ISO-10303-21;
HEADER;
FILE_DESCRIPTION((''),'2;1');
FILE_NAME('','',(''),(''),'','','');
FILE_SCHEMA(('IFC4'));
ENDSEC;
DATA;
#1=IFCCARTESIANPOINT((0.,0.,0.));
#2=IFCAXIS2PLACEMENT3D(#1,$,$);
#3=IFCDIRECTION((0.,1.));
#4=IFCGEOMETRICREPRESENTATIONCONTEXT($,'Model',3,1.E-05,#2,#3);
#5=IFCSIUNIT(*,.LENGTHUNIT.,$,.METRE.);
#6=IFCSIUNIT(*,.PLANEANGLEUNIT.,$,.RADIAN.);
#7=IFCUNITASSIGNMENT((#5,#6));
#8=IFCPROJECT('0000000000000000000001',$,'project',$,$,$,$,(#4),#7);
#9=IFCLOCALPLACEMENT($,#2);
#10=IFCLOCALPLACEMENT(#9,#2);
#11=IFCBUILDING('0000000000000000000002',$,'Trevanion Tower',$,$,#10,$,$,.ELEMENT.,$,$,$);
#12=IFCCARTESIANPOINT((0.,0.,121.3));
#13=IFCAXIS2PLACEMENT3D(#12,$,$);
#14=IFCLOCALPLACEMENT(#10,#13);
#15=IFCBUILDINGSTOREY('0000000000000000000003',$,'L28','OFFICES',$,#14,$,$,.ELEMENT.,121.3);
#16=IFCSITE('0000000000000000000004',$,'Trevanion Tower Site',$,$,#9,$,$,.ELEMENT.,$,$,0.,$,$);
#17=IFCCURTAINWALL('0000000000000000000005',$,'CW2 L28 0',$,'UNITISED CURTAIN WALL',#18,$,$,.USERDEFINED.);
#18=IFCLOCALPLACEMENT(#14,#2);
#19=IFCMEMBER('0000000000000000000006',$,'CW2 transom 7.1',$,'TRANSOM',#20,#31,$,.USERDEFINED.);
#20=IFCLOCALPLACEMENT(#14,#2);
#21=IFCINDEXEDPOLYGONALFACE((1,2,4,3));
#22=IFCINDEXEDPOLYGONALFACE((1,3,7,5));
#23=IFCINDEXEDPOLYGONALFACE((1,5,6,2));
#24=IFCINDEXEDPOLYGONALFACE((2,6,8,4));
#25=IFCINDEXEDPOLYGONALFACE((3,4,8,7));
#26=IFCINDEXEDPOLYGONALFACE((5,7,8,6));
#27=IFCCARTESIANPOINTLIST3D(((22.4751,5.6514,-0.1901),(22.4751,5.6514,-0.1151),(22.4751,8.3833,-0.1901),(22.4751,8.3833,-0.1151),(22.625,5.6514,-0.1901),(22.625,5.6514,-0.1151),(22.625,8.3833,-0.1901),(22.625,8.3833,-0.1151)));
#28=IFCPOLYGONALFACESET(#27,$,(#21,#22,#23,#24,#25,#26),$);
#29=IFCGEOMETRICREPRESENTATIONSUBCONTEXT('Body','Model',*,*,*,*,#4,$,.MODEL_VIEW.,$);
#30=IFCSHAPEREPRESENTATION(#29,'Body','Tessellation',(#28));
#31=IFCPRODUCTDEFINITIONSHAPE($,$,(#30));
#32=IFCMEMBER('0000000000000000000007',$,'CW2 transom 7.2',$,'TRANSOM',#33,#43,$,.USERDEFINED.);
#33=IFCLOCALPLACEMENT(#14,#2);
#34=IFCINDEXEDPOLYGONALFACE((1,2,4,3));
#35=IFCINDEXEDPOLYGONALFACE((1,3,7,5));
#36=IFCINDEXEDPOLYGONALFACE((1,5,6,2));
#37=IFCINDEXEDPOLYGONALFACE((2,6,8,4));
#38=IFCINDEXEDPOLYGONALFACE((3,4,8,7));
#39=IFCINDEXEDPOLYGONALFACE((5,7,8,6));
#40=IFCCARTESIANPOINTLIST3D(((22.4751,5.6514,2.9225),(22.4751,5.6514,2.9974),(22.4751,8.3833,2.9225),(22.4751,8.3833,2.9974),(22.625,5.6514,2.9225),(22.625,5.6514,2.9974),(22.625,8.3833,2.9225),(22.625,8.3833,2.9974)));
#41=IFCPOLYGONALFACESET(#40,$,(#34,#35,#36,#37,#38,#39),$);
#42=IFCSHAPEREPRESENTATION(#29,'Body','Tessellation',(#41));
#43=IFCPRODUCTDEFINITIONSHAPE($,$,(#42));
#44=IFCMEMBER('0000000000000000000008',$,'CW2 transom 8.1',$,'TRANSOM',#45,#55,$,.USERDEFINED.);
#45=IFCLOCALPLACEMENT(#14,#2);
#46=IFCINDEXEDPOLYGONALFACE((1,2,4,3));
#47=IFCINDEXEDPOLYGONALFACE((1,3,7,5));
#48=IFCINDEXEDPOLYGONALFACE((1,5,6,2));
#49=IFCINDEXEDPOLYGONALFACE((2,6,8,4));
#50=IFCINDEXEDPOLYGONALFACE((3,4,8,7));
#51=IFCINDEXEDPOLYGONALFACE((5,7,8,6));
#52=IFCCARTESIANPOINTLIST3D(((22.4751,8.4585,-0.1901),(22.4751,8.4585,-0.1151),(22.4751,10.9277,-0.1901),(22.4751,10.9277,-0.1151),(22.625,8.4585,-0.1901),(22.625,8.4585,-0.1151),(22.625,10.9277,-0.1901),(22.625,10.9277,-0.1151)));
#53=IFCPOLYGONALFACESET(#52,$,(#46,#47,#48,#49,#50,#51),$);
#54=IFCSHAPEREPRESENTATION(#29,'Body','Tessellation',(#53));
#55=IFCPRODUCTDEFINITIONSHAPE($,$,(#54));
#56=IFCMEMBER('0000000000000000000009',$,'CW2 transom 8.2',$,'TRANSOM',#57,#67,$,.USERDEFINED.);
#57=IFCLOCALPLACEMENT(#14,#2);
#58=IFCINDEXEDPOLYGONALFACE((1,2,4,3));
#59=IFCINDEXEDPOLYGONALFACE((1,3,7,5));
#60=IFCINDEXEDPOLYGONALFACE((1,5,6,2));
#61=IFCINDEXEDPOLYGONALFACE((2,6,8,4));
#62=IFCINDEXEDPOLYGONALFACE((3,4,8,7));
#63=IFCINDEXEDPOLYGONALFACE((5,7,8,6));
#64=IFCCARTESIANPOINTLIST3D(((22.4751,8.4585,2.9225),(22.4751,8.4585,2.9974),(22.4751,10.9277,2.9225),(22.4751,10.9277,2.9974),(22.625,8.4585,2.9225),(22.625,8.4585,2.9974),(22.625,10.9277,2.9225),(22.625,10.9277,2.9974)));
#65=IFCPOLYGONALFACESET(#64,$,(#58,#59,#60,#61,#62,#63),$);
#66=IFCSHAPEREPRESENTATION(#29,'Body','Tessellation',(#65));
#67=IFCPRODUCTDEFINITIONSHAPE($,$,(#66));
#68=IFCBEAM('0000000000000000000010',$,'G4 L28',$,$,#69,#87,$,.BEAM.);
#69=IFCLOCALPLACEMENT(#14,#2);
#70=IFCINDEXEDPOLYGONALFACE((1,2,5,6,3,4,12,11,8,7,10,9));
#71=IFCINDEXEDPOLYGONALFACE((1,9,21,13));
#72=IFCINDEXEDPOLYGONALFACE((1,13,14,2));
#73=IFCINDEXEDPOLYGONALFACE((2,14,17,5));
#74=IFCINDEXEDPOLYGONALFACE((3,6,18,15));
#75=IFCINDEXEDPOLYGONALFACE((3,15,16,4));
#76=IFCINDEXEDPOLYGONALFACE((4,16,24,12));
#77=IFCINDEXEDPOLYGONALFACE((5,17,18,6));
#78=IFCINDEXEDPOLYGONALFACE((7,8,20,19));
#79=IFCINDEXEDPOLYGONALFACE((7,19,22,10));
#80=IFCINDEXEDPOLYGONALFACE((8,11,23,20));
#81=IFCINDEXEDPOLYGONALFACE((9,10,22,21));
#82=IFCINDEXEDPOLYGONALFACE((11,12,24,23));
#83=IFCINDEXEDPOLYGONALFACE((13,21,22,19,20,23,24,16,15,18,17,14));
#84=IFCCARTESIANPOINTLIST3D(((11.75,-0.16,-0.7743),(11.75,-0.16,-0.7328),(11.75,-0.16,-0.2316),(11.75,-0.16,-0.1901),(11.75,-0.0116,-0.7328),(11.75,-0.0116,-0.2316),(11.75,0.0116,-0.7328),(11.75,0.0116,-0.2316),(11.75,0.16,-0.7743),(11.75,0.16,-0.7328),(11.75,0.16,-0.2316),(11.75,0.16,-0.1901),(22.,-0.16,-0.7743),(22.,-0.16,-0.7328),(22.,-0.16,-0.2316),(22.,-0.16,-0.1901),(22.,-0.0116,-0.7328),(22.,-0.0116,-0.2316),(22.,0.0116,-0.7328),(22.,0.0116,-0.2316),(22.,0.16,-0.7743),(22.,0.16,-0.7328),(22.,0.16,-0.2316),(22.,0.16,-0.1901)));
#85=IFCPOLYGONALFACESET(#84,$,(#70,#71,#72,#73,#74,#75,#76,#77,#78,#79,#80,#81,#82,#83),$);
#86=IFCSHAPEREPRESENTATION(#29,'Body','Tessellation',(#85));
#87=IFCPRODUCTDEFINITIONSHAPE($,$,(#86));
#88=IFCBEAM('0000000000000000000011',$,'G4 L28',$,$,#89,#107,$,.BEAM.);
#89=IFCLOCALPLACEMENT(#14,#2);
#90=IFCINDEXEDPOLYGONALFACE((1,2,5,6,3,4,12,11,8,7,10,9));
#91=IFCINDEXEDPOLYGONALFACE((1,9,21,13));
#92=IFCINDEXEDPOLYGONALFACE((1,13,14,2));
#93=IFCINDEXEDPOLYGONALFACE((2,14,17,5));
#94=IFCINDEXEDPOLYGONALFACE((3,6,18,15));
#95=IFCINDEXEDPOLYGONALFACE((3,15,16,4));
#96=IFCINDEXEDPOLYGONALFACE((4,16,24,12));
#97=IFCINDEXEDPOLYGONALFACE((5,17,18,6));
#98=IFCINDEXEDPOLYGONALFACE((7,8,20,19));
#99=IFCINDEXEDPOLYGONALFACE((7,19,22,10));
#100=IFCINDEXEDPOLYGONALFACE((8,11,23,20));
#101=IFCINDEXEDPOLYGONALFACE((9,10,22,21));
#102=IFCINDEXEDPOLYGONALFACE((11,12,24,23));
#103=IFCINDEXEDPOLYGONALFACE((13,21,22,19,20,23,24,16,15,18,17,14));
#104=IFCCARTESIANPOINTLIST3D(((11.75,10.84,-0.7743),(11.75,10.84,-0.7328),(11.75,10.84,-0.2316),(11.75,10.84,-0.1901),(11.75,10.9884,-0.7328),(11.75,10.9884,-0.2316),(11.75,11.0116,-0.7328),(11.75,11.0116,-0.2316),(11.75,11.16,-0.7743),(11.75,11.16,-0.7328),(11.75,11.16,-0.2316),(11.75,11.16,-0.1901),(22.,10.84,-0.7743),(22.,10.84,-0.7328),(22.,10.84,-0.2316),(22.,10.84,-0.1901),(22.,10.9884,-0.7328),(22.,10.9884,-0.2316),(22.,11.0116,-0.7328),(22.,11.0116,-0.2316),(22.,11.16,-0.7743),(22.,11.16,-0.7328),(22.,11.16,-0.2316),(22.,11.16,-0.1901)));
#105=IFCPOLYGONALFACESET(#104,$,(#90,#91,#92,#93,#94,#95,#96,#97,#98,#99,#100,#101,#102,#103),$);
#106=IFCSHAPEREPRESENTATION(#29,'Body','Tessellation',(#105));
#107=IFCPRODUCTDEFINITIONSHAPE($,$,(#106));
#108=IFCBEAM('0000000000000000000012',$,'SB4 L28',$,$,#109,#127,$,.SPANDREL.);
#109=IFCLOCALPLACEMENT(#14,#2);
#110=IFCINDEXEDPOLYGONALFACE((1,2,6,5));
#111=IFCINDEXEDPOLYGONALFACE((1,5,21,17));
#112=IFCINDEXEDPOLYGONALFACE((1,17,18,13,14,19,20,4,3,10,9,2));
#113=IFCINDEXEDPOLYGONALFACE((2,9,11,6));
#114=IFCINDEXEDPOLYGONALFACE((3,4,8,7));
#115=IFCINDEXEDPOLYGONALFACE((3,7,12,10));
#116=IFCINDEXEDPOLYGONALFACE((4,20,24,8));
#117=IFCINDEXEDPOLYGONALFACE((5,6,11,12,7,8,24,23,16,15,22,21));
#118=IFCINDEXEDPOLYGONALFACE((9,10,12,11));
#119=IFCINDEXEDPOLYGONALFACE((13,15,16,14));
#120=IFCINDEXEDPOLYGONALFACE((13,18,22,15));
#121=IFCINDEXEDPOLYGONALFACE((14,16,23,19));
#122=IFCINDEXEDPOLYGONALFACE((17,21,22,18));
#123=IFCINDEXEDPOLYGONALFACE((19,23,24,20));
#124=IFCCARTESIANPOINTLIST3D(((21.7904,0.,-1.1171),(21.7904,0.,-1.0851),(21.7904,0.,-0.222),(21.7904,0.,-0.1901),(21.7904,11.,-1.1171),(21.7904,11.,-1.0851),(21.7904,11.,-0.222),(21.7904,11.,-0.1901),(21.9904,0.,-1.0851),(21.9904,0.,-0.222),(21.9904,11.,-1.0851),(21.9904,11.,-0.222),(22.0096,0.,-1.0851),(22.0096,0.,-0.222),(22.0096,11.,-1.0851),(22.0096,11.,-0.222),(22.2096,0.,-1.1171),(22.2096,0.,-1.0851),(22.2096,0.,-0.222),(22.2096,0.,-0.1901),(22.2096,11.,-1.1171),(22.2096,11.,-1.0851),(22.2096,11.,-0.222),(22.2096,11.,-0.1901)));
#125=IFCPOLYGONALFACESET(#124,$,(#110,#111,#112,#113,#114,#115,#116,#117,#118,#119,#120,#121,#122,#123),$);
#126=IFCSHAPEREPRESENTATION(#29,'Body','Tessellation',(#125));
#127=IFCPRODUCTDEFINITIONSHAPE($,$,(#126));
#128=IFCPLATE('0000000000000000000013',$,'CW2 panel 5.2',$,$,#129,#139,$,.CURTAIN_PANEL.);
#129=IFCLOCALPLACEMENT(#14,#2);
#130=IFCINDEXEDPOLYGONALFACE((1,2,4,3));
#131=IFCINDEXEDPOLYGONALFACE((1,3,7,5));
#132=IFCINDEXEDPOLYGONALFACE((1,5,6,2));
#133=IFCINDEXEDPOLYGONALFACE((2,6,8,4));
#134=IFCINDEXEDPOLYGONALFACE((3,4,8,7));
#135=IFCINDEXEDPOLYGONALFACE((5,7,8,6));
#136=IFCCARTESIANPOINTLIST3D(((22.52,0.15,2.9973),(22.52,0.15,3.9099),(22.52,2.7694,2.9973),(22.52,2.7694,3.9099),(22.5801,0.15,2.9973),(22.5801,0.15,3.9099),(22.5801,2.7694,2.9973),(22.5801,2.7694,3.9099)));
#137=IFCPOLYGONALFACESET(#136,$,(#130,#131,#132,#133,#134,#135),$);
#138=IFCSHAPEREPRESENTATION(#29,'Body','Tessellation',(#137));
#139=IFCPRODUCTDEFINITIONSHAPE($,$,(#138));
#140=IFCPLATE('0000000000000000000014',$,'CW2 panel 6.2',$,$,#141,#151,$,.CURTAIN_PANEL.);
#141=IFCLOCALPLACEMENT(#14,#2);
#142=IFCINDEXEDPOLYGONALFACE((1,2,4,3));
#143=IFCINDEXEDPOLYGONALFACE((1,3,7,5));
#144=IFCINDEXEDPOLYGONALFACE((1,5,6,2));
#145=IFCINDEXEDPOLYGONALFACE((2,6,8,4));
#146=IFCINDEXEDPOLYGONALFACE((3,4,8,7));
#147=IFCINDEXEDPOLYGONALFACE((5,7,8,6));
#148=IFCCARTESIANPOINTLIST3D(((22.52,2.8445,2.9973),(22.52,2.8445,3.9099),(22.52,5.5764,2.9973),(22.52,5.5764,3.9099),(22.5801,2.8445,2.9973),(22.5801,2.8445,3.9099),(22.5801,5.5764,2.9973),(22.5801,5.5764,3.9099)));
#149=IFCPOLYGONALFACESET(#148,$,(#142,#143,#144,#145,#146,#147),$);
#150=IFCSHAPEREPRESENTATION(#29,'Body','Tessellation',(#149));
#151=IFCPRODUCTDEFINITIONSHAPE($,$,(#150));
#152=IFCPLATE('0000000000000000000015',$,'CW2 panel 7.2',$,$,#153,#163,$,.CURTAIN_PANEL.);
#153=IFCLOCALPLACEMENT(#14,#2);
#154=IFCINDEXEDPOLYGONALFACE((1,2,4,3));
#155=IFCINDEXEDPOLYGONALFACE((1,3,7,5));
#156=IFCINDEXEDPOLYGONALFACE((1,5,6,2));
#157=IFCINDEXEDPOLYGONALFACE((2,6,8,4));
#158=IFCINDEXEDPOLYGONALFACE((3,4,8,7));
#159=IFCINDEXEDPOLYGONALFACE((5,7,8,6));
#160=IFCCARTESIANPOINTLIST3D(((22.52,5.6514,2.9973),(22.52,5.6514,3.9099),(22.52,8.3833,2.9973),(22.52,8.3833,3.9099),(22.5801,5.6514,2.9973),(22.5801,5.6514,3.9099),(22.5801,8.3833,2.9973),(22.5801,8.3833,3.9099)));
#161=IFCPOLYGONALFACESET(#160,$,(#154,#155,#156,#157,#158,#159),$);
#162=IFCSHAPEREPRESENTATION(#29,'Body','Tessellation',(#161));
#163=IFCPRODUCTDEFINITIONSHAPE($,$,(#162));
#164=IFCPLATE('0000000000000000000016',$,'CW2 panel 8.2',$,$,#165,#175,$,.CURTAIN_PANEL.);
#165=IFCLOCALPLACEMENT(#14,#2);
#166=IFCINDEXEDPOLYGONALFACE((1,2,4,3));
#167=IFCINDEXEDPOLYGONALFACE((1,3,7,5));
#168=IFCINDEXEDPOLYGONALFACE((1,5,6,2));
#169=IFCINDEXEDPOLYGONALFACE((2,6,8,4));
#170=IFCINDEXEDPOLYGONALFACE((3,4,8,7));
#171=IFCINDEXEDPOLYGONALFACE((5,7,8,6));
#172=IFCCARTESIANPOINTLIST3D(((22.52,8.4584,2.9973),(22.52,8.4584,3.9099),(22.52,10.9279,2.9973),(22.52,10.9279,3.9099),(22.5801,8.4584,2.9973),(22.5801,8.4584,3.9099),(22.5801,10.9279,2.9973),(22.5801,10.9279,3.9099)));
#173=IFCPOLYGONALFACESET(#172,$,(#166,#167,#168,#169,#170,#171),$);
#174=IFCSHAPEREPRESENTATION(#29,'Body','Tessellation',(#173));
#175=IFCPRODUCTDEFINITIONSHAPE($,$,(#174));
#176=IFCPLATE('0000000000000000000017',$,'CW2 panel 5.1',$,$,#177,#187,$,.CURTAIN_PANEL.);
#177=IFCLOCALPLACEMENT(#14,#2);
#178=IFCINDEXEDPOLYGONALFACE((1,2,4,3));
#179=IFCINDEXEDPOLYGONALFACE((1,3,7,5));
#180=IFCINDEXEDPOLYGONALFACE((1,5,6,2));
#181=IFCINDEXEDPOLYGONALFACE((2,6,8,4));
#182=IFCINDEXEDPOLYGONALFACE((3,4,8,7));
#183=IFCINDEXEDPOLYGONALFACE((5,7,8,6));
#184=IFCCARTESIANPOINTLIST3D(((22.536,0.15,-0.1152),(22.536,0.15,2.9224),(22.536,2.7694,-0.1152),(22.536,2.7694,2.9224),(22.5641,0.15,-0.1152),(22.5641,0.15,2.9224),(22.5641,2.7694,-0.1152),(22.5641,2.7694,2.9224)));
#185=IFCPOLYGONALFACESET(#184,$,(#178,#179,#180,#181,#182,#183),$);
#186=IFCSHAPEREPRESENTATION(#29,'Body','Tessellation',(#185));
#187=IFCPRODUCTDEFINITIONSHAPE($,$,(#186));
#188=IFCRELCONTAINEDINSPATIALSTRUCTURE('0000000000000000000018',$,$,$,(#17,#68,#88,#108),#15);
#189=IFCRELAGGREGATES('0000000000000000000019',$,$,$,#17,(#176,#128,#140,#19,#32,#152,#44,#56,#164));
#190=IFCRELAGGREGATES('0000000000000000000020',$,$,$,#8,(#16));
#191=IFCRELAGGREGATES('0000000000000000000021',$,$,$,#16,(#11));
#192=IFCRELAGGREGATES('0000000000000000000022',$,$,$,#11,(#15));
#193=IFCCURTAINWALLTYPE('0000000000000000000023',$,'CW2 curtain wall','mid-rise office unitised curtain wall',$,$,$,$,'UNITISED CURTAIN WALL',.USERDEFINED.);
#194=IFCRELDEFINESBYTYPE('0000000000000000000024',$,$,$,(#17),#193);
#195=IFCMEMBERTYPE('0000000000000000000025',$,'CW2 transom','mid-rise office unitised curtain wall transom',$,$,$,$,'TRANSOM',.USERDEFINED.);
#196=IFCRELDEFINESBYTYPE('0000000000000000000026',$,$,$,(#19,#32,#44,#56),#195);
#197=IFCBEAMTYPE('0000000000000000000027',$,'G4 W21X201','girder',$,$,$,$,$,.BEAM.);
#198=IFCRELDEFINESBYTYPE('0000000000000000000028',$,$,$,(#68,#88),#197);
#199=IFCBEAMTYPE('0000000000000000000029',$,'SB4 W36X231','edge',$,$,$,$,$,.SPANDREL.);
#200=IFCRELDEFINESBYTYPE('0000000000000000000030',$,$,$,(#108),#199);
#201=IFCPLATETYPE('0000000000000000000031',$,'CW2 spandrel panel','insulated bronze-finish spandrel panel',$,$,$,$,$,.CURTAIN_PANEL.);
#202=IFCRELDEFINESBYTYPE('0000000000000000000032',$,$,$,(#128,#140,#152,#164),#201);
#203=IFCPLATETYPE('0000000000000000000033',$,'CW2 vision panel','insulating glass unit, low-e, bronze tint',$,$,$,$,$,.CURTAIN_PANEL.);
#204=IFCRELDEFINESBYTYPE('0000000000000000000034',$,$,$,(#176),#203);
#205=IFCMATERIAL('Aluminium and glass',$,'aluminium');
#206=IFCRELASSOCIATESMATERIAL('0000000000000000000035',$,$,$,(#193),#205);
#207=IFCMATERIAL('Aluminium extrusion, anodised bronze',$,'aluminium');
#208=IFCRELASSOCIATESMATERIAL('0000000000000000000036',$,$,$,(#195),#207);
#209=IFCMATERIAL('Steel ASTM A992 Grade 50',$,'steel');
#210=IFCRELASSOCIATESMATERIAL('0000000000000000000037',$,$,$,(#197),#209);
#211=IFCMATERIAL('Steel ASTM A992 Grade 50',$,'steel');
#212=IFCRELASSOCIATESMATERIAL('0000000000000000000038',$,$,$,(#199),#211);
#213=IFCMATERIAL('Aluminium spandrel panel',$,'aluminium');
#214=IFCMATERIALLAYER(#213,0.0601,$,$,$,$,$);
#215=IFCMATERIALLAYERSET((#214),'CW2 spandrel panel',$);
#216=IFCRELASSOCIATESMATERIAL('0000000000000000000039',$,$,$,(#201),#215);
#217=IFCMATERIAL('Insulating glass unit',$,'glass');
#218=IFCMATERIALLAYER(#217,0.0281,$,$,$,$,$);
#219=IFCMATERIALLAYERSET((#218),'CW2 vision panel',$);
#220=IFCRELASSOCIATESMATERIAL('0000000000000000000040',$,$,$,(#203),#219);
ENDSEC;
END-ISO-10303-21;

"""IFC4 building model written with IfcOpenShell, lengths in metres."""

from ifc_helpers import new_model, si_unit, direction, frame, origin, origin_2d, place, context, subcontext, project, spatial, rectangle, i_section, extrude, material, layer, layer_set, material_profile, profile_set, type_object, element, aggregate, save


model = new_model("IFC4")

# Units and contexts
model_context = context("Model", 3, precision=1e-05, world=origin(), true_north=direction((0.0, 1.0)))
body_context = subcontext(model_context, "Body", "Model", "MODEL_VIEW")
ifc_project = project(units=[si_unit("LENGTHUNIT", "METRE"), si_unit("PLANEANGLEUNIT", "RADIAN")], contexts=[model_context])

# Site, building, storey
site_placement = place(None, origin())
site = spatial("IfcSite", under=ifc_project, at=site_placement, Name="Trevanion Tower Site", CompositionType="ELEMENT", RefElevation=0.0)
building_placement = place(site_placement, origin())
building = spatial("IfcBuilding", under=site, at=building_placement, Name="Trevanion Tower", CompositionType="ELEMENT")
storey_placement = place(building_placement, frame((0.0, 0.0, 121.3)))
storey = spatial("IfcBuildingStorey", under=building, at=storey_placement, Name="L28", Description="OFFICES", CompositionType="ELEMENT", Elevation=121.3)

# Curtain wall, members
ifc_material_1 = material(Name="Aluminium and glass", Category="aluminium")
curtain_wall_type = type_object("IfcCurtainWallType", Name="CW2 curtain wall", Description="mid-rise office unitised curtain wall", ElementType="UNITISED CURTAIN WALL", PredefinedType="USERDEFINED", material=ifc_material_1)
curtain_wall_placement = place(storey_placement, origin())
curtain_wall = element("IfcCurtainWall", 1, at=curtain_wall_placement, inside=storey, type_object=curtain_wall_type, Name="CW2 L28 0", ObjectType="UNITISED CURTAIN WALL", PredefinedType="USERDEFINED")
ifc_material_2 = material(Name="Aluminium extrusion, anodised bronze", Category="aluminium")
ifc_material_profile_1 = material_profile(ifc_material_2, rectangle(XDim=0.1499, YDim=0.075, at=origin_2d()), Name="CW2 transom")
ifc_profile_set_1 = profile_set([ifc_material_profile_1], Name="Aluminium extrusion, anodised bronze")
member_type_1 = type_object("IfcMemberType", Name="CW2 transom", Description="mid-rise office unitised curtain wall transom", ElementType="TRANSOM", PredefinedType="USERDEFINED", material=ifc_profile_set_1)
member_1_placement = place(storey_placement, frame((22.55, 5.6514, -0.1526), z_axis=(0.0, 1.0, 0.0), x_axis=(-1.0, 0.0, 0.0)))
member_1 = element("IfcMember", 2, at=member_1_placement, type_object=member_type_1, Name="CW2 transom 7.1", ObjectType="TRANSOM", PredefinedType="USERDEFINED", context=body_context, shape_type="SweptSolid", body=[
    extrude(rectangle(XDim=0.1499, YDim=0.075, at=origin_2d()), origin(), (0.0, 0.0, 1.0), 2.7319),
])
member_2_placement = place(storey_placement, frame((22.55, 5.6514, 2.96), z_axis=(0.0, 1.0, 0.0), x_axis=(-1.0, 0.0, 0.0)))
member_2 = element("IfcMember", 3, at=member_2_placement, type_object=member_type_1, Name="CW2 transom 7.2", ObjectType="TRANSOM", PredefinedType="USERDEFINED", context=body_context, shape_type="SweptSolid", body=[
    extrude(rectangle(XDim=0.1499, YDim=0.075, at=origin_2d()), origin(), (0.0, 0.0, 1.0), 2.7319),
])
member_3_placement = place(storey_placement, frame((22.55, 8.4585, -0.1526), z_axis=(0.0, 1.0, 0.0), x_axis=(-1.0, 0.0, 0.0)))
member_3 = element("IfcMember", 4, at=member_3_placement, type_object=member_type_1, Name="CW2 transom 8.1", ObjectType="TRANSOM", PredefinedType="USERDEFINED", context=body_context, shape_type="SweptSolid", body=[
    extrude(rectangle(XDim=0.1499, YDim=0.075, at=origin_2d()), origin(), (0.0, 0.0, 1.0), 2.4692),
])
member_4_placement = place(storey_placement, frame((22.55, 8.4585, 2.96), z_axis=(0.0, 1.0, 0.0), x_axis=(-1.0, 0.0, 0.0)))
member_4 = element("IfcMember", 5, at=member_4_placement, type_object=member_type_1, Name="CW2 transom 8.2", ObjectType="TRANSOM", PredefinedType="USERDEFINED", context=body_context, shape_type="SweptSolid", body=[
    extrude(rectangle(XDim=0.1499, YDim=0.075, at=origin_2d()), origin(), (0.0, 0.0, 1.0), 2.4692),
])

# Beams
ifc_material_3 = material(Name="Steel ASTM A992 Grade 50", Category="steel")
ifc_material_profile_2 = material_profile(ifc_material_3, i_section(OverallWidth=0.3201, OverallDepth=0.5842, WebThickness=0.0232, FlangeThickness=0.0415, at=origin_2d()), Name="W21X201")
ifc_profile_set_2 = profile_set([ifc_material_profile_2], Name="Steel ASTM A992 Grade 50")
beam_type_1 = type_object("IfcBeamType", Name="G4 W21X201", Description="girder", PredefinedType="BEAM", material=ifc_profile_set_2)
for number, where, z_axis, x_axis, name in (
    (6, (11.75, 0.0, -0.4822), (1.0, 0.0, 0.0), (0.0, 1.0, 0.0), "G4 L28"),
    (7, (11.75, 11.0, -0.4822), (1.0, 0.0, 0.0), (0.0, 1.0, 0.0), "G4 L28"),
):
    element("IfcBeam", number, at=place(storey_placement, frame(where, z_axis=z_axis, x_axis=x_axis)), inside=storey, type_object=beam_type_1, Name=name, PredefinedType="BEAM", context=body_context, shape_type="SweptSolid", body=[
        extrude(i_section(OverallWidth=0.3201, OverallDepth=0.5842, WebThickness=0.0232, FlangeThickness=0.0415, at=origin_2d()), origin(), (0.0, 0.0, 1.0), 10.25),
    ])
ifc_material_4 = material(Name="Steel ASTM A992 Grade 50", Category="steel")
ifc_material_profile_3 = material_profile(ifc_material_4, i_section(OverallWidth=0.4192, OverallDepth=0.927, WebThickness=0.0193, FlangeThickness=0.032, at=origin_2d()), Name="W36X231")
ifc_profile_set_3 = profile_set([ifc_material_profile_3], Name="Steel ASTM A992 Grade 50")
beam_type_2 = type_object("IfcBeamType", Name="SB4 W36X231", Description="edge", PredefinedType="SPANDREL", material=ifc_profile_set_3)
beam_placement = place(storey_placement, frame((22.0, 0.0, -0.6536), z_axis=(0.0, 1.0, 0.0), x_axis=(-1.0, 0.0, 0.0)))
element("IfcBeam", 8, at=beam_placement, inside=storey, type_object=beam_type_2, Name="SB4 L28", PredefinedType="SPANDREL", context=body_context, shape_type="SweptSolid", body=[
    extrude(i_section(OverallWidth=0.4192, OverallDepth=0.927, WebThickness=0.0193, FlangeThickness=0.032, at=origin_2d()), origin(), (0.0, 0.0, 1.0), 11.0),
])

# Plates
ifc_material_5 = material(Name="Aluminium spandrel panel", Category="aluminium")
ifc_layer_1 = layer(ifc_material_5, 0.0601)
ifc_layer_set_1 = layer_set([ifc_layer_1], Name="CW2 spandrel panel")
plate_type_1 = type_object("IfcPlateType", Name="CW2 spandrel panel", Description="insulated bronze-finish spandrel panel", PredefinedType="CURTAIN_PANEL", material=ifc_layer_set_1)
plate_1_placement = place(storey_placement, frame((22.55, 1.4597, 2.9973), z_axis=(0.0, 0.0, 1.0), x_axis=(0.0, 1.0, 0.0)))
plate_1 = element("IfcPlate", 9, at=plate_1_placement, type_object=plate_type_1, Name="CW2 panel 5.2", PredefinedType="CURTAIN_PANEL", context=body_context, shape_type="SweptSolid", body=[
    extrude(rectangle(XDim=2.6194, YDim=0.0601, at=origin_2d()), origin(), (0.0, 0.0, 1.0), 0.9126),
])
plate_2_placement = place(storey_placement, frame((22.55, 4.2104, 2.9973), z_axis=(0.0, 0.0, 1.0), x_axis=(0.0, 1.0, 0.0)))
plate_2 = element("IfcPlate", 10, at=plate_2_placement, type_object=plate_type_1, Name="CW2 panel 6.2", PredefinedType="CURTAIN_PANEL", context=body_context, shape_type="SweptSolid", body=[
    extrude(rectangle(XDim=2.7319, YDim=0.0601, at=origin_2d()), origin(), (0.0, 0.0, 1.0), 0.9126),
])
plate_3_placement = place(storey_placement, frame((22.55, 7.0173, 2.9973), z_axis=(0.0, 0.0, 1.0), x_axis=(0.0, 1.0, 0.0)))
plate_3 = element("IfcPlate", 11, at=plate_3_placement, type_object=plate_type_1, Name="CW2 panel 7.2", PredefinedType="CURTAIN_PANEL", context=body_context, shape_type="SweptSolid", body=[
    extrude(rectangle(XDim=2.7319, YDim=0.0601, at=origin_2d()), origin(), (0.0, 0.0, 1.0), 0.9126),
])
plate_4_placement = place(storey_placement, frame((22.55, 9.6931, 2.9973), z_axis=(0.0, 0.0, 1.0), x_axis=(0.0, 1.0, 0.0)))
plate_4 = element("IfcPlate", 12, at=plate_4_placement, type_object=plate_type_1, Name="CW2 panel 8.2", PredefinedType="CURTAIN_PANEL", context=body_context, shape_type="SweptSolid", body=[
    extrude(rectangle(XDim=2.4695, YDim=0.0601, at=origin_2d()), origin(), (0.0, 0.0, 1.0), 0.9126),
])
ifc_material_6 = material(Name="Insulating glass unit", Category="glass")
ifc_layer_2 = layer(ifc_material_6, 0.0281)
ifc_layer_set_2 = layer_set([ifc_layer_2], Name="CW2 vision panel")
plate_type_2 = type_object("IfcPlateType", Name="CW2 vision panel", Description="insulating glass unit, low-e, bronze tint", PredefinedType="CURTAIN_PANEL", material=ifc_layer_set_2)
plate_5_placement = place(storey_placement, frame((22.55, 1.4597, -0.1152), z_axis=(0.0, 0.0, 1.0), x_axis=(0.0, 1.0, 0.0)))
plate_5 = element("IfcPlate", 13, at=plate_5_placement, type_object=plate_type_2, Name="CW2 panel 5.1", PredefinedType="CURTAIN_PANEL", context=body_context, shape_type="SweptSolid", body=[
    extrude(rectangle(XDim=2.6194, YDim=0.0281, at=origin_2d()), origin(), (0.0, 0.0, 1.0), 3.0376),
])
aggregate(curtain_wall, [plate_5, plate_1, plate_2, member_1, member_2, plate_3, member_3, member_4, plate_4])

save(model, "model.ifc")
